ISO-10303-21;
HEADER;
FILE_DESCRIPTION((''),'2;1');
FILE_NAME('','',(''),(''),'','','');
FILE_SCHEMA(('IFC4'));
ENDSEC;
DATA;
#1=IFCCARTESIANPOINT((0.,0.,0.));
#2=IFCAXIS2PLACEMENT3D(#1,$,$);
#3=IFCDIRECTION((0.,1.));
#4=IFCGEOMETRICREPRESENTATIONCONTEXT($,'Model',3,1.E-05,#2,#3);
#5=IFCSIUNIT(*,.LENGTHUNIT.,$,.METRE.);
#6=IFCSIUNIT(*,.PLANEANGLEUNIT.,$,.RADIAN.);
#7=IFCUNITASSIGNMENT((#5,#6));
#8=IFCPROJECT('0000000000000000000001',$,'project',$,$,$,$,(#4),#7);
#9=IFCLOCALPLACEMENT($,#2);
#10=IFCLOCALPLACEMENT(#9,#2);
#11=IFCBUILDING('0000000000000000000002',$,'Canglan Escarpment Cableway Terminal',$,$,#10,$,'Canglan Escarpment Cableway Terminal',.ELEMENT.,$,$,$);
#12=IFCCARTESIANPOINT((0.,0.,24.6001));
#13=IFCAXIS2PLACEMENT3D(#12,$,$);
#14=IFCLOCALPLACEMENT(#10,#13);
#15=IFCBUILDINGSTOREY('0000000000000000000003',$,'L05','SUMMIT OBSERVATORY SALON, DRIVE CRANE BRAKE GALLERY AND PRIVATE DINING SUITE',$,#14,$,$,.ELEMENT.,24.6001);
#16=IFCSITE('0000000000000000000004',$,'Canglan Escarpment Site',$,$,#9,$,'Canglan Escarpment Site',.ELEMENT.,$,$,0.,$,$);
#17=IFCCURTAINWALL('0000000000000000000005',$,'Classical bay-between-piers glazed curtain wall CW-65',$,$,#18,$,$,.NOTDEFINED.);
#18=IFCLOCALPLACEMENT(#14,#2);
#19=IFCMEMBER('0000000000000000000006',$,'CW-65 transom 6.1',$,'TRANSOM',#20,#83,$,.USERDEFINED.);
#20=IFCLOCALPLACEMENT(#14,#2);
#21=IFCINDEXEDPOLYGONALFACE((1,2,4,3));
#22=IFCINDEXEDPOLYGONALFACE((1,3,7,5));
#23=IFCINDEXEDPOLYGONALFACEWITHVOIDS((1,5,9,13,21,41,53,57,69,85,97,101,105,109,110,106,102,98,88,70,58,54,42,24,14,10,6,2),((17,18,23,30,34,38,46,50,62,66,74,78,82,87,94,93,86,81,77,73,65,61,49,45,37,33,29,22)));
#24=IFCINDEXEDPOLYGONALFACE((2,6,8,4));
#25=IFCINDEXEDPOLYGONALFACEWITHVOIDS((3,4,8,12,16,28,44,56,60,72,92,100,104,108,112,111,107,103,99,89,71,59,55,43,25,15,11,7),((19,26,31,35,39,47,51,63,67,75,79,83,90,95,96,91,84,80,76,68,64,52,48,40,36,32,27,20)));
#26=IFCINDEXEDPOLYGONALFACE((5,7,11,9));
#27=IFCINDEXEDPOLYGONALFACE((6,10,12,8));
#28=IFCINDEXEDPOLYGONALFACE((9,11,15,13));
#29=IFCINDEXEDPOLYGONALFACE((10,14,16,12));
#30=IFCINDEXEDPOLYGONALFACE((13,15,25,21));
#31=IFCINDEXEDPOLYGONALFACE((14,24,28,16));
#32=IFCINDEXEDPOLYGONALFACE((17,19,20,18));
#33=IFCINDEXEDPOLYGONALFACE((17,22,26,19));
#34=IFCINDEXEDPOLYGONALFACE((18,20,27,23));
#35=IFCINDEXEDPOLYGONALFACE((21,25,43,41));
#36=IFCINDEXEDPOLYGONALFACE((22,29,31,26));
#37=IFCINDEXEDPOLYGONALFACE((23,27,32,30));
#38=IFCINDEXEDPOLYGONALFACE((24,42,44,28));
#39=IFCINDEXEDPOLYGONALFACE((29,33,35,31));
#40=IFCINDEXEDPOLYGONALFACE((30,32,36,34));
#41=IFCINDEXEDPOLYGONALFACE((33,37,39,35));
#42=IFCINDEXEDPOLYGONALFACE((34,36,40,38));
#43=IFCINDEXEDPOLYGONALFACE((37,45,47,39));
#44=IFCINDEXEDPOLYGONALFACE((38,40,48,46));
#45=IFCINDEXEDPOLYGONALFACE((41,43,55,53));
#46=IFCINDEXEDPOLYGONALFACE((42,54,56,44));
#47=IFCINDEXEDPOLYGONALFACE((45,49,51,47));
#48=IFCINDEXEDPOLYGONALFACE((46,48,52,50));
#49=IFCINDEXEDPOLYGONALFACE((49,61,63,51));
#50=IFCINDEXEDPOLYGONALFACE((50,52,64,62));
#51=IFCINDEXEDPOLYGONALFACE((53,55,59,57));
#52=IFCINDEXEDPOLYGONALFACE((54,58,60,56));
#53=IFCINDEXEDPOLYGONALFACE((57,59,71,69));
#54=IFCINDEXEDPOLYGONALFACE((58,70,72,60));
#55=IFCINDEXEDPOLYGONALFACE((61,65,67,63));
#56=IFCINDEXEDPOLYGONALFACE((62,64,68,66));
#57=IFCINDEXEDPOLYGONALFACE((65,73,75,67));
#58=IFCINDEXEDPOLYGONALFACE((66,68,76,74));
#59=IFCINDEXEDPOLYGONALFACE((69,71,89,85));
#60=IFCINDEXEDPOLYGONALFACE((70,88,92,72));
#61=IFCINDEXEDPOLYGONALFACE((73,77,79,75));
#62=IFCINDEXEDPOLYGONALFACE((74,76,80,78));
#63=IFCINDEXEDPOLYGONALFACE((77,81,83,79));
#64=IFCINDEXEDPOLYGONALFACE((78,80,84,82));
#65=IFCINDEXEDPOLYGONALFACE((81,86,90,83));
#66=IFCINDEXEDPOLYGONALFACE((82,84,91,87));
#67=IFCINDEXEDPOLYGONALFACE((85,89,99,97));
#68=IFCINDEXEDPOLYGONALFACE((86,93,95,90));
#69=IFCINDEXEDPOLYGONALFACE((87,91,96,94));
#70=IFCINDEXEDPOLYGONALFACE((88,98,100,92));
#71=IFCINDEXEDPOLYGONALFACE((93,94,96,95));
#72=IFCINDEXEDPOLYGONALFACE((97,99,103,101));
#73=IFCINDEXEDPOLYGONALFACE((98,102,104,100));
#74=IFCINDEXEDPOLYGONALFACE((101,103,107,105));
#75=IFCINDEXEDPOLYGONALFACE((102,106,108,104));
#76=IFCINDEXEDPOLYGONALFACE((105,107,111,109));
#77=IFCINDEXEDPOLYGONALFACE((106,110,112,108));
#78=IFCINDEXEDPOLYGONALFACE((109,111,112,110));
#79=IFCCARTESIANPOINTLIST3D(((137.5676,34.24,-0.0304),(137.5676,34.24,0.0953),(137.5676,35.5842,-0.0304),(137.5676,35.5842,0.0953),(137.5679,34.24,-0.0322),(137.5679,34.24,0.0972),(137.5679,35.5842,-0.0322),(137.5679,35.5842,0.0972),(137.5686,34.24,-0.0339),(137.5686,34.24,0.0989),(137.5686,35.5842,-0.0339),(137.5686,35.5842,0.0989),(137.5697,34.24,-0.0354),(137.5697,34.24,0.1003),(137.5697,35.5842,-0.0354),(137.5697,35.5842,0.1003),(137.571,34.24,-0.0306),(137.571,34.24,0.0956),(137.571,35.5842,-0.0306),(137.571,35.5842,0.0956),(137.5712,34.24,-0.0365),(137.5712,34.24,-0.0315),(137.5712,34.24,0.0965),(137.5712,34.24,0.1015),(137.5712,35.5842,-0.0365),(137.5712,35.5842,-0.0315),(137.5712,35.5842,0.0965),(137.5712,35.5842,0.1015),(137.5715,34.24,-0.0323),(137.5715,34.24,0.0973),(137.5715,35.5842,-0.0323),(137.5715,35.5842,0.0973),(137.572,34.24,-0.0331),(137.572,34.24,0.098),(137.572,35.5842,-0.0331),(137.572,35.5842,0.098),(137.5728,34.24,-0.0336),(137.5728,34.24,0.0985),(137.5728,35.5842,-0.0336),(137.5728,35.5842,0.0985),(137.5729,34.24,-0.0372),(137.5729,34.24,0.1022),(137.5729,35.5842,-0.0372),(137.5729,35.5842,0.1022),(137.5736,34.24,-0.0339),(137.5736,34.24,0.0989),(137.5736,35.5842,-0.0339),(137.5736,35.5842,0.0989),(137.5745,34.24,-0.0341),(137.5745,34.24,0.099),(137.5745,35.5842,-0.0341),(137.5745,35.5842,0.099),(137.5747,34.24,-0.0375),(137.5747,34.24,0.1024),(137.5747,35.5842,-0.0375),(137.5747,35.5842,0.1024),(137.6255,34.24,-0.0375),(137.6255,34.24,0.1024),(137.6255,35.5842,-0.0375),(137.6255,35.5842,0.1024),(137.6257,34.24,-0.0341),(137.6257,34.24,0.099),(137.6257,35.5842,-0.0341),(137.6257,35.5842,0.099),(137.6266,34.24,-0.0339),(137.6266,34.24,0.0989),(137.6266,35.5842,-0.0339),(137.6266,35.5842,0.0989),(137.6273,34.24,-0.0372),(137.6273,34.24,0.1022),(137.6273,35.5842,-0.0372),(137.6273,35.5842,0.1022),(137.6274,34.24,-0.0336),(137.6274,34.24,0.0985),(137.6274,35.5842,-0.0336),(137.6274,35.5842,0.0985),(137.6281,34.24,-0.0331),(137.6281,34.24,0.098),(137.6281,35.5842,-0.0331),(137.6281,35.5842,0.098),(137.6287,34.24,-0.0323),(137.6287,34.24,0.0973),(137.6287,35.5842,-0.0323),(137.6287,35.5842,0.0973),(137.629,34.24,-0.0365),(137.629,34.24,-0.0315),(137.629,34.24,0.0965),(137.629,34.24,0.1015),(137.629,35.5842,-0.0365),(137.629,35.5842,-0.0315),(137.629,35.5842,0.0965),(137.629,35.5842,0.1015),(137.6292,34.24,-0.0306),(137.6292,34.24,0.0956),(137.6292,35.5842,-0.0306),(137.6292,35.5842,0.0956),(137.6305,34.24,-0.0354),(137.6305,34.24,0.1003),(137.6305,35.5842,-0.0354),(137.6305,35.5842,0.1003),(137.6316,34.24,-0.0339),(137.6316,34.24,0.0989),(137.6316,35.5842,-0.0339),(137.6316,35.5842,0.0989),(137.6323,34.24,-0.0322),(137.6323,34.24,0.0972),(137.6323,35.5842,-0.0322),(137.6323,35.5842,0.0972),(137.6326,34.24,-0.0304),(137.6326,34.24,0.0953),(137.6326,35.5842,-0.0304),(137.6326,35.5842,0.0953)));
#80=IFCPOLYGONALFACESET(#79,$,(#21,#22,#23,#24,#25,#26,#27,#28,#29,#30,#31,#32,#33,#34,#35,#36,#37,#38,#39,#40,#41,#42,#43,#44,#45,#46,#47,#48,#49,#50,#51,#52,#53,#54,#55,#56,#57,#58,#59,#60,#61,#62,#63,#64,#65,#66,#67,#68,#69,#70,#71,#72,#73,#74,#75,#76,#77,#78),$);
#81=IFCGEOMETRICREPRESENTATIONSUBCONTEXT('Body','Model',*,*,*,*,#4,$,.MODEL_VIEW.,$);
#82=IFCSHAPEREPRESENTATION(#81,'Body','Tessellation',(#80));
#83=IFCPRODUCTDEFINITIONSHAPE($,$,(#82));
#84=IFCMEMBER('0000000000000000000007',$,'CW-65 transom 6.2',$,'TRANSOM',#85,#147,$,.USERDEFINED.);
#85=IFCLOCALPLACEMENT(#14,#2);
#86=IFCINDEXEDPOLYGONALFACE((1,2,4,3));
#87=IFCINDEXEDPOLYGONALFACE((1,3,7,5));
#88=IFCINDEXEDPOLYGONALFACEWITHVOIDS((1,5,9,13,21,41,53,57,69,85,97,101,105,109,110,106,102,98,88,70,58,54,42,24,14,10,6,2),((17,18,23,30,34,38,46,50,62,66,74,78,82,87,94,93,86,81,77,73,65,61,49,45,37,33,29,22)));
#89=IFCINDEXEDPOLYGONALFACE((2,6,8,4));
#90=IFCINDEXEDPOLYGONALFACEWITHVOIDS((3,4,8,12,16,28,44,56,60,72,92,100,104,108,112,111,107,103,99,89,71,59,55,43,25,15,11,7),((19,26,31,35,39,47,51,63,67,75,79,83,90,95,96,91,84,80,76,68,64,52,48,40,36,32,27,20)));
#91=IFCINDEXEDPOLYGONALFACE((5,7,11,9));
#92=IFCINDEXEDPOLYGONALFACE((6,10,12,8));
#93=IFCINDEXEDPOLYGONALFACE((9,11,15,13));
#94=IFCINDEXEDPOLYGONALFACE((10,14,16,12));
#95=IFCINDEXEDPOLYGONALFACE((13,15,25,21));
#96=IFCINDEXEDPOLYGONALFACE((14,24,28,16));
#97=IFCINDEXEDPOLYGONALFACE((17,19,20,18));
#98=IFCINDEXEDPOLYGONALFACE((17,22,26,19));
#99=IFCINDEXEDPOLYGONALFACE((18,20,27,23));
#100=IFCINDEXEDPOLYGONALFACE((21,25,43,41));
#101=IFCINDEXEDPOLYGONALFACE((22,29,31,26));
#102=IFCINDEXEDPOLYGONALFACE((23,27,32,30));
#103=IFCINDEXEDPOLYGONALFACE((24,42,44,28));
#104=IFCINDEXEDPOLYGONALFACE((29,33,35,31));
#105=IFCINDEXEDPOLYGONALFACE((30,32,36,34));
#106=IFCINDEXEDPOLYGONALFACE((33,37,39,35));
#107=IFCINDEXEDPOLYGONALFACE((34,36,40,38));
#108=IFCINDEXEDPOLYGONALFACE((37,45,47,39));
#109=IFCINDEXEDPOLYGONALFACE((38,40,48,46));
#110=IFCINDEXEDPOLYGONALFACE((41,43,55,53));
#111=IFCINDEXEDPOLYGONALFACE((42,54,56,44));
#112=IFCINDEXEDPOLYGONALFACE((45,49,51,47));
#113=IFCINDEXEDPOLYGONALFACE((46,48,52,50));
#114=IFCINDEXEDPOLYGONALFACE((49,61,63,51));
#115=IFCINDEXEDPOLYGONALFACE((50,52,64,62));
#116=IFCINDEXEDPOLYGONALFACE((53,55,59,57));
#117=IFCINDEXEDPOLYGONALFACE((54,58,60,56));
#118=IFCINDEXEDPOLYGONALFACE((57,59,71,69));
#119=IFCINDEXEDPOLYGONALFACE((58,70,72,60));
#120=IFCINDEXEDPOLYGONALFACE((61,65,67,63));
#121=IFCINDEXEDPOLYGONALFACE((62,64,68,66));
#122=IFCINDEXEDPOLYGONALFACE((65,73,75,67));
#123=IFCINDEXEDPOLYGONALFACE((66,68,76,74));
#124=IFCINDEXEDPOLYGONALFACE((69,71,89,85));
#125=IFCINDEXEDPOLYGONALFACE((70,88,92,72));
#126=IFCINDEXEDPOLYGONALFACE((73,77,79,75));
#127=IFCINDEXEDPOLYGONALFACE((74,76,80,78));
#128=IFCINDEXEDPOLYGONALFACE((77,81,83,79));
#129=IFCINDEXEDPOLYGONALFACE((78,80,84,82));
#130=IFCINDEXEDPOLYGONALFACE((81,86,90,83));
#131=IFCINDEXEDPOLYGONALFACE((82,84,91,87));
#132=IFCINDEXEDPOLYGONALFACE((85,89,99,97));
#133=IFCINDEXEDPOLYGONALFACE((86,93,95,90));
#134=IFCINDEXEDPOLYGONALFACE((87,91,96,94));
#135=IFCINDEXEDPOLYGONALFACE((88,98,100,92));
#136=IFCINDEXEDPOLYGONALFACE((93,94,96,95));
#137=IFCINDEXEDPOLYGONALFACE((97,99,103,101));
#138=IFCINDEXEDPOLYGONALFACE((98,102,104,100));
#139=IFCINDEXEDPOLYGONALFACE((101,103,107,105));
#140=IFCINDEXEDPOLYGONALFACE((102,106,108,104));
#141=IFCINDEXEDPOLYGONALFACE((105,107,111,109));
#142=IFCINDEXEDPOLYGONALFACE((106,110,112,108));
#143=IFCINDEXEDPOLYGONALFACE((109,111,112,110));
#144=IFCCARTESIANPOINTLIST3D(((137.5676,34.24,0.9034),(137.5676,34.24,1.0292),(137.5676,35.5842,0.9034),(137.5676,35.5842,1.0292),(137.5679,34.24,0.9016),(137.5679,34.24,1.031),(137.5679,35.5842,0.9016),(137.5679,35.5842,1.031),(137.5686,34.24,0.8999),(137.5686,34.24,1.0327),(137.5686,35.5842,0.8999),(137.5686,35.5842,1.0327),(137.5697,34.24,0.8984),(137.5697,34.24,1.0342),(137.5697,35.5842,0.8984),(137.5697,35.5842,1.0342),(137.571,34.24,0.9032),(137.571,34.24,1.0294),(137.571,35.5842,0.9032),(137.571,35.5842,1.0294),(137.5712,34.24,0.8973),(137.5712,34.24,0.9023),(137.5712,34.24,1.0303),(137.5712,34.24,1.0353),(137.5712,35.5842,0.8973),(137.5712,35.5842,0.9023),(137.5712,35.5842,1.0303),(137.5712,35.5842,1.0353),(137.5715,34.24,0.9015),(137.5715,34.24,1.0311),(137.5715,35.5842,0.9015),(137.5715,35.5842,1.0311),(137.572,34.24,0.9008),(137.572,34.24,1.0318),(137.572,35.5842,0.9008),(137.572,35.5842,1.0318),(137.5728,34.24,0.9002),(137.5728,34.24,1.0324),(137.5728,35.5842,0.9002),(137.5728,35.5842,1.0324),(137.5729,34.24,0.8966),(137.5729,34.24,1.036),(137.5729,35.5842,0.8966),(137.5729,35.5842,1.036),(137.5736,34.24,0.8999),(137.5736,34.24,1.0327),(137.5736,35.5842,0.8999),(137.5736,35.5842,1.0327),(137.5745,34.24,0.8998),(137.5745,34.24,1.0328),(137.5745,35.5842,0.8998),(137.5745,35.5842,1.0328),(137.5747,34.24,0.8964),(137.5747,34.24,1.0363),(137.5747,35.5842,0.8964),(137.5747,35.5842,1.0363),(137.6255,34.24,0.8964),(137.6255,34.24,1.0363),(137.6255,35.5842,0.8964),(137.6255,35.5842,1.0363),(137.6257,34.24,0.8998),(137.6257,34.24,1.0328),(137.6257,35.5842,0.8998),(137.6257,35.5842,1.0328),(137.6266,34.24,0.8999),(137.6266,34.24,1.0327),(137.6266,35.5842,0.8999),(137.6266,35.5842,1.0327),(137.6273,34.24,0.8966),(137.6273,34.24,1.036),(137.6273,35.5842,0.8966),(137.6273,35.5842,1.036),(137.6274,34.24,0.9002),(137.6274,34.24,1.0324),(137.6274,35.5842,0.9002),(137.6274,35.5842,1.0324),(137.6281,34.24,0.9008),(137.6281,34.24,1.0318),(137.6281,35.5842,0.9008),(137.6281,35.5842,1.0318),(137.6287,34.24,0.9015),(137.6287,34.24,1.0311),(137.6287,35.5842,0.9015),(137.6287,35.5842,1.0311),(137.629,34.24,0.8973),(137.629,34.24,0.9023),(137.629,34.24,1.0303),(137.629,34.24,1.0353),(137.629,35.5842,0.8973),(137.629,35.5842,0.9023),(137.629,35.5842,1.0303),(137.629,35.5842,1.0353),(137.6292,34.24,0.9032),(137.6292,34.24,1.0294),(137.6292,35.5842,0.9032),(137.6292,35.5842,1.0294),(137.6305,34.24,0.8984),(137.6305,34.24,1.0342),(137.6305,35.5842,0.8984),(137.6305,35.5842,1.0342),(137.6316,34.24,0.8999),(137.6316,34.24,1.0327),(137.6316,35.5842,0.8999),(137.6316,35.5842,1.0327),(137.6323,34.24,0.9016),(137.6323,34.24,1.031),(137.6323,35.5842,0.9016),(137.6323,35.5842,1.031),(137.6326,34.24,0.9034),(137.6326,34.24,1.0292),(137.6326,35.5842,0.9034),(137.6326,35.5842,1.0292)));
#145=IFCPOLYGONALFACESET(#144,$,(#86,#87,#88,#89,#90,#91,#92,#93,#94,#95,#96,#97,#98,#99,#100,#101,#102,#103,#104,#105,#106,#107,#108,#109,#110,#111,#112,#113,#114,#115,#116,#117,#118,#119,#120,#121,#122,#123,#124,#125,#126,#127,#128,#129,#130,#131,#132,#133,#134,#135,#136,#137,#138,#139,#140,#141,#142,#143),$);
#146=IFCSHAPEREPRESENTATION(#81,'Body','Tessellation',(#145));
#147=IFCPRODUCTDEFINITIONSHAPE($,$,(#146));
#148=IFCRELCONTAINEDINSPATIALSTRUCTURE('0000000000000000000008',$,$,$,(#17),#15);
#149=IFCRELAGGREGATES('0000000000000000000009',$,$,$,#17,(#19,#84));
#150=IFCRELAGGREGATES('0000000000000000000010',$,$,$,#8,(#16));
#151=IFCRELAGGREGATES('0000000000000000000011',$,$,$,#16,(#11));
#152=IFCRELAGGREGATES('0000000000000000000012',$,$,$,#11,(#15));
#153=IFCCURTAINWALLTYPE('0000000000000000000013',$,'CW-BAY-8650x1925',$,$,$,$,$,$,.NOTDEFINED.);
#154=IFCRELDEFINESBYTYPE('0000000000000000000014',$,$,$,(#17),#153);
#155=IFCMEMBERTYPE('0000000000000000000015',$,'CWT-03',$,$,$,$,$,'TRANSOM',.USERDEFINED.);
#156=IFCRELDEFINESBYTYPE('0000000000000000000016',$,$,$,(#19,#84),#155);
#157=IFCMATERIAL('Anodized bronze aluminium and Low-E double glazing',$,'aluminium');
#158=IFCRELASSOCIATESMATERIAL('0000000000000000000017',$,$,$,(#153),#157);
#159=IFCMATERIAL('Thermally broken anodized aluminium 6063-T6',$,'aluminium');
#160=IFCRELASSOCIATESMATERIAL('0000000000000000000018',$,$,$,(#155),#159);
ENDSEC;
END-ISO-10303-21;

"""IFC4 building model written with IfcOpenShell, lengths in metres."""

from ifc_helpers import new_model, si_unit, direction, frame, origin, origin_2d, place, context, subcontext, project, spatial, hollow_rectangle, extrude, material, material_profile, profile_set, type_object, element, aggregate, save


model = new_model("IFC4")

# Units and contexts
model_context = context("Model", 3, precision=1e-05, world=origin(), true_north=direction((0.0, 1.0)))
body_context = subcontext(model_context, "Body", "Model", "MODEL_VIEW")
ifc_project = project(units=[si_unit("LENGTHUNIT", "METRE"), si_unit("PLANEANGLEUNIT", "RADIAN")], contexts=[model_context])

# Site, building, storey
site_placement = place(None, origin())
site = spatial("IfcSite", under=ifc_project, at=site_placement, Name="Canglan Escarpment Site", LongName="Canglan Escarpment Site", CompositionType="ELEMENT", RefElevation=0.0)
building_placement = place(site_placement, origin())
building = spatial("IfcBuilding", under=site, at=building_placement, Name="Canglan Escarpment Cableway Terminal", LongName="Canglan Escarpment Cableway Terminal", CompositionType="ELEMENT")
storey_placement = place(building_placement, frame((0.0, 0.0, 24.6001)))
storey = spatial("IfcBuildingStorey", under=building, at=storey_placement, Name="L05", Description="SUMMIT OBSERVATORY SALON, DRIVE CRANE BRAKE GALLERY AND PRIVATE DINING SUITE", CompositionType="ELEMENT", Elevation=24.6001)

# Curtain wall, members
ifc_material_1 = material(Name="Anodized bronze aluminium and Low-E double glazing", Category="aluminium")
curtain_wall_type = type_object("IfcCurtainWallType", Name="CW-BAY-8650x1925", PredefinedType="NOTDEFINED", material=ifc_material_1)
curtain_wall_placement = place(storey_placement, origin())
curtain_wall = element("IfcCurtainWall", 1, at=curtain_wall_placement, inside=storey, type_object=curtain_wall_type, Name="Classical bay-between-piers glazed curtain wall CW-65", PredefinedType="NOTDEFINED")
ifc_material_2 = material(Name="Thermally broken anodized aluminium 6063-T6", Category="aluminium")
ifc_material_profile_1 = material_profile(ifc_material_2, hollow_rectangle(XDim=0.0649, YDim=0.1399, WallThickness=0.0034, InnerFilletRadius=0.0034, OuterFilletRadius=0.0071, at=origin_2d()), Name="ALU-TRAN 65x140x3.5")
ifc_profile_set_1 = profile_set([ifc_material_profile_1], Name="Thermally broken anodized aluminium 6063-T6")
member_type_1 = type_object("IfcMemberType", Name="CWT-03", ElementType="TRANSOM", PredefinedType="USERDEFINED", material=ifc_profile_set_1)
member_1_placement = place(storey_placement, frame((137.6001, 35.5842, 0.0325), z_axis=(0.0, -1.0, 0.0), x_axis=(1.0, 0.0, 0.0)))
member_1 = element("IfcMember", 2, at=member_1_placement, type_object=member_type_1, Name="CW-65 transom 6.1", ObjectType="TRANSOM", PredefinedType="USERDEFINED", context=body_context, shape_type="SweptSolid", body=[
    extrude(hollow_rectangle(XDim=0.0649, YDim=0.1399, WallThickness=0.0034, InnerFilletRadius=0.0034, OuterFilletRadius=0.0071, at=origin_2d()), origin(), (0.0, 0.0, 1.0), 1.3442),
])
member_2_placement = place(storey_placement, frame((137.6001, 35.5842, 0.9663), z_axis=(0.0, -1.0, 0.0), x_axis=(1.0, 0.0, 0.0)))
member_2 = element("IfcMember", 3, at=member_2_placement, type_object=member_type_1, Name="CW-65 transom 6.2", ObjectType="TRANSOM", PredefinedType="USERDEFINED", context=body_context, shape_type="SweptSolid", body=[
    extrude(hollow_rectangle(XDim=0.0649, YDim=0.1399, WallThickness=0.0034, InnerFilletRadius=0.0034, OuterFilletRadius=0.0071, at=origin_2d()), origin(), (0.0, 0.0, 1.0), 1.3442),
])

aggregate(curtain_wall, [member_1, member_2])

save(model, "model.ifc")
